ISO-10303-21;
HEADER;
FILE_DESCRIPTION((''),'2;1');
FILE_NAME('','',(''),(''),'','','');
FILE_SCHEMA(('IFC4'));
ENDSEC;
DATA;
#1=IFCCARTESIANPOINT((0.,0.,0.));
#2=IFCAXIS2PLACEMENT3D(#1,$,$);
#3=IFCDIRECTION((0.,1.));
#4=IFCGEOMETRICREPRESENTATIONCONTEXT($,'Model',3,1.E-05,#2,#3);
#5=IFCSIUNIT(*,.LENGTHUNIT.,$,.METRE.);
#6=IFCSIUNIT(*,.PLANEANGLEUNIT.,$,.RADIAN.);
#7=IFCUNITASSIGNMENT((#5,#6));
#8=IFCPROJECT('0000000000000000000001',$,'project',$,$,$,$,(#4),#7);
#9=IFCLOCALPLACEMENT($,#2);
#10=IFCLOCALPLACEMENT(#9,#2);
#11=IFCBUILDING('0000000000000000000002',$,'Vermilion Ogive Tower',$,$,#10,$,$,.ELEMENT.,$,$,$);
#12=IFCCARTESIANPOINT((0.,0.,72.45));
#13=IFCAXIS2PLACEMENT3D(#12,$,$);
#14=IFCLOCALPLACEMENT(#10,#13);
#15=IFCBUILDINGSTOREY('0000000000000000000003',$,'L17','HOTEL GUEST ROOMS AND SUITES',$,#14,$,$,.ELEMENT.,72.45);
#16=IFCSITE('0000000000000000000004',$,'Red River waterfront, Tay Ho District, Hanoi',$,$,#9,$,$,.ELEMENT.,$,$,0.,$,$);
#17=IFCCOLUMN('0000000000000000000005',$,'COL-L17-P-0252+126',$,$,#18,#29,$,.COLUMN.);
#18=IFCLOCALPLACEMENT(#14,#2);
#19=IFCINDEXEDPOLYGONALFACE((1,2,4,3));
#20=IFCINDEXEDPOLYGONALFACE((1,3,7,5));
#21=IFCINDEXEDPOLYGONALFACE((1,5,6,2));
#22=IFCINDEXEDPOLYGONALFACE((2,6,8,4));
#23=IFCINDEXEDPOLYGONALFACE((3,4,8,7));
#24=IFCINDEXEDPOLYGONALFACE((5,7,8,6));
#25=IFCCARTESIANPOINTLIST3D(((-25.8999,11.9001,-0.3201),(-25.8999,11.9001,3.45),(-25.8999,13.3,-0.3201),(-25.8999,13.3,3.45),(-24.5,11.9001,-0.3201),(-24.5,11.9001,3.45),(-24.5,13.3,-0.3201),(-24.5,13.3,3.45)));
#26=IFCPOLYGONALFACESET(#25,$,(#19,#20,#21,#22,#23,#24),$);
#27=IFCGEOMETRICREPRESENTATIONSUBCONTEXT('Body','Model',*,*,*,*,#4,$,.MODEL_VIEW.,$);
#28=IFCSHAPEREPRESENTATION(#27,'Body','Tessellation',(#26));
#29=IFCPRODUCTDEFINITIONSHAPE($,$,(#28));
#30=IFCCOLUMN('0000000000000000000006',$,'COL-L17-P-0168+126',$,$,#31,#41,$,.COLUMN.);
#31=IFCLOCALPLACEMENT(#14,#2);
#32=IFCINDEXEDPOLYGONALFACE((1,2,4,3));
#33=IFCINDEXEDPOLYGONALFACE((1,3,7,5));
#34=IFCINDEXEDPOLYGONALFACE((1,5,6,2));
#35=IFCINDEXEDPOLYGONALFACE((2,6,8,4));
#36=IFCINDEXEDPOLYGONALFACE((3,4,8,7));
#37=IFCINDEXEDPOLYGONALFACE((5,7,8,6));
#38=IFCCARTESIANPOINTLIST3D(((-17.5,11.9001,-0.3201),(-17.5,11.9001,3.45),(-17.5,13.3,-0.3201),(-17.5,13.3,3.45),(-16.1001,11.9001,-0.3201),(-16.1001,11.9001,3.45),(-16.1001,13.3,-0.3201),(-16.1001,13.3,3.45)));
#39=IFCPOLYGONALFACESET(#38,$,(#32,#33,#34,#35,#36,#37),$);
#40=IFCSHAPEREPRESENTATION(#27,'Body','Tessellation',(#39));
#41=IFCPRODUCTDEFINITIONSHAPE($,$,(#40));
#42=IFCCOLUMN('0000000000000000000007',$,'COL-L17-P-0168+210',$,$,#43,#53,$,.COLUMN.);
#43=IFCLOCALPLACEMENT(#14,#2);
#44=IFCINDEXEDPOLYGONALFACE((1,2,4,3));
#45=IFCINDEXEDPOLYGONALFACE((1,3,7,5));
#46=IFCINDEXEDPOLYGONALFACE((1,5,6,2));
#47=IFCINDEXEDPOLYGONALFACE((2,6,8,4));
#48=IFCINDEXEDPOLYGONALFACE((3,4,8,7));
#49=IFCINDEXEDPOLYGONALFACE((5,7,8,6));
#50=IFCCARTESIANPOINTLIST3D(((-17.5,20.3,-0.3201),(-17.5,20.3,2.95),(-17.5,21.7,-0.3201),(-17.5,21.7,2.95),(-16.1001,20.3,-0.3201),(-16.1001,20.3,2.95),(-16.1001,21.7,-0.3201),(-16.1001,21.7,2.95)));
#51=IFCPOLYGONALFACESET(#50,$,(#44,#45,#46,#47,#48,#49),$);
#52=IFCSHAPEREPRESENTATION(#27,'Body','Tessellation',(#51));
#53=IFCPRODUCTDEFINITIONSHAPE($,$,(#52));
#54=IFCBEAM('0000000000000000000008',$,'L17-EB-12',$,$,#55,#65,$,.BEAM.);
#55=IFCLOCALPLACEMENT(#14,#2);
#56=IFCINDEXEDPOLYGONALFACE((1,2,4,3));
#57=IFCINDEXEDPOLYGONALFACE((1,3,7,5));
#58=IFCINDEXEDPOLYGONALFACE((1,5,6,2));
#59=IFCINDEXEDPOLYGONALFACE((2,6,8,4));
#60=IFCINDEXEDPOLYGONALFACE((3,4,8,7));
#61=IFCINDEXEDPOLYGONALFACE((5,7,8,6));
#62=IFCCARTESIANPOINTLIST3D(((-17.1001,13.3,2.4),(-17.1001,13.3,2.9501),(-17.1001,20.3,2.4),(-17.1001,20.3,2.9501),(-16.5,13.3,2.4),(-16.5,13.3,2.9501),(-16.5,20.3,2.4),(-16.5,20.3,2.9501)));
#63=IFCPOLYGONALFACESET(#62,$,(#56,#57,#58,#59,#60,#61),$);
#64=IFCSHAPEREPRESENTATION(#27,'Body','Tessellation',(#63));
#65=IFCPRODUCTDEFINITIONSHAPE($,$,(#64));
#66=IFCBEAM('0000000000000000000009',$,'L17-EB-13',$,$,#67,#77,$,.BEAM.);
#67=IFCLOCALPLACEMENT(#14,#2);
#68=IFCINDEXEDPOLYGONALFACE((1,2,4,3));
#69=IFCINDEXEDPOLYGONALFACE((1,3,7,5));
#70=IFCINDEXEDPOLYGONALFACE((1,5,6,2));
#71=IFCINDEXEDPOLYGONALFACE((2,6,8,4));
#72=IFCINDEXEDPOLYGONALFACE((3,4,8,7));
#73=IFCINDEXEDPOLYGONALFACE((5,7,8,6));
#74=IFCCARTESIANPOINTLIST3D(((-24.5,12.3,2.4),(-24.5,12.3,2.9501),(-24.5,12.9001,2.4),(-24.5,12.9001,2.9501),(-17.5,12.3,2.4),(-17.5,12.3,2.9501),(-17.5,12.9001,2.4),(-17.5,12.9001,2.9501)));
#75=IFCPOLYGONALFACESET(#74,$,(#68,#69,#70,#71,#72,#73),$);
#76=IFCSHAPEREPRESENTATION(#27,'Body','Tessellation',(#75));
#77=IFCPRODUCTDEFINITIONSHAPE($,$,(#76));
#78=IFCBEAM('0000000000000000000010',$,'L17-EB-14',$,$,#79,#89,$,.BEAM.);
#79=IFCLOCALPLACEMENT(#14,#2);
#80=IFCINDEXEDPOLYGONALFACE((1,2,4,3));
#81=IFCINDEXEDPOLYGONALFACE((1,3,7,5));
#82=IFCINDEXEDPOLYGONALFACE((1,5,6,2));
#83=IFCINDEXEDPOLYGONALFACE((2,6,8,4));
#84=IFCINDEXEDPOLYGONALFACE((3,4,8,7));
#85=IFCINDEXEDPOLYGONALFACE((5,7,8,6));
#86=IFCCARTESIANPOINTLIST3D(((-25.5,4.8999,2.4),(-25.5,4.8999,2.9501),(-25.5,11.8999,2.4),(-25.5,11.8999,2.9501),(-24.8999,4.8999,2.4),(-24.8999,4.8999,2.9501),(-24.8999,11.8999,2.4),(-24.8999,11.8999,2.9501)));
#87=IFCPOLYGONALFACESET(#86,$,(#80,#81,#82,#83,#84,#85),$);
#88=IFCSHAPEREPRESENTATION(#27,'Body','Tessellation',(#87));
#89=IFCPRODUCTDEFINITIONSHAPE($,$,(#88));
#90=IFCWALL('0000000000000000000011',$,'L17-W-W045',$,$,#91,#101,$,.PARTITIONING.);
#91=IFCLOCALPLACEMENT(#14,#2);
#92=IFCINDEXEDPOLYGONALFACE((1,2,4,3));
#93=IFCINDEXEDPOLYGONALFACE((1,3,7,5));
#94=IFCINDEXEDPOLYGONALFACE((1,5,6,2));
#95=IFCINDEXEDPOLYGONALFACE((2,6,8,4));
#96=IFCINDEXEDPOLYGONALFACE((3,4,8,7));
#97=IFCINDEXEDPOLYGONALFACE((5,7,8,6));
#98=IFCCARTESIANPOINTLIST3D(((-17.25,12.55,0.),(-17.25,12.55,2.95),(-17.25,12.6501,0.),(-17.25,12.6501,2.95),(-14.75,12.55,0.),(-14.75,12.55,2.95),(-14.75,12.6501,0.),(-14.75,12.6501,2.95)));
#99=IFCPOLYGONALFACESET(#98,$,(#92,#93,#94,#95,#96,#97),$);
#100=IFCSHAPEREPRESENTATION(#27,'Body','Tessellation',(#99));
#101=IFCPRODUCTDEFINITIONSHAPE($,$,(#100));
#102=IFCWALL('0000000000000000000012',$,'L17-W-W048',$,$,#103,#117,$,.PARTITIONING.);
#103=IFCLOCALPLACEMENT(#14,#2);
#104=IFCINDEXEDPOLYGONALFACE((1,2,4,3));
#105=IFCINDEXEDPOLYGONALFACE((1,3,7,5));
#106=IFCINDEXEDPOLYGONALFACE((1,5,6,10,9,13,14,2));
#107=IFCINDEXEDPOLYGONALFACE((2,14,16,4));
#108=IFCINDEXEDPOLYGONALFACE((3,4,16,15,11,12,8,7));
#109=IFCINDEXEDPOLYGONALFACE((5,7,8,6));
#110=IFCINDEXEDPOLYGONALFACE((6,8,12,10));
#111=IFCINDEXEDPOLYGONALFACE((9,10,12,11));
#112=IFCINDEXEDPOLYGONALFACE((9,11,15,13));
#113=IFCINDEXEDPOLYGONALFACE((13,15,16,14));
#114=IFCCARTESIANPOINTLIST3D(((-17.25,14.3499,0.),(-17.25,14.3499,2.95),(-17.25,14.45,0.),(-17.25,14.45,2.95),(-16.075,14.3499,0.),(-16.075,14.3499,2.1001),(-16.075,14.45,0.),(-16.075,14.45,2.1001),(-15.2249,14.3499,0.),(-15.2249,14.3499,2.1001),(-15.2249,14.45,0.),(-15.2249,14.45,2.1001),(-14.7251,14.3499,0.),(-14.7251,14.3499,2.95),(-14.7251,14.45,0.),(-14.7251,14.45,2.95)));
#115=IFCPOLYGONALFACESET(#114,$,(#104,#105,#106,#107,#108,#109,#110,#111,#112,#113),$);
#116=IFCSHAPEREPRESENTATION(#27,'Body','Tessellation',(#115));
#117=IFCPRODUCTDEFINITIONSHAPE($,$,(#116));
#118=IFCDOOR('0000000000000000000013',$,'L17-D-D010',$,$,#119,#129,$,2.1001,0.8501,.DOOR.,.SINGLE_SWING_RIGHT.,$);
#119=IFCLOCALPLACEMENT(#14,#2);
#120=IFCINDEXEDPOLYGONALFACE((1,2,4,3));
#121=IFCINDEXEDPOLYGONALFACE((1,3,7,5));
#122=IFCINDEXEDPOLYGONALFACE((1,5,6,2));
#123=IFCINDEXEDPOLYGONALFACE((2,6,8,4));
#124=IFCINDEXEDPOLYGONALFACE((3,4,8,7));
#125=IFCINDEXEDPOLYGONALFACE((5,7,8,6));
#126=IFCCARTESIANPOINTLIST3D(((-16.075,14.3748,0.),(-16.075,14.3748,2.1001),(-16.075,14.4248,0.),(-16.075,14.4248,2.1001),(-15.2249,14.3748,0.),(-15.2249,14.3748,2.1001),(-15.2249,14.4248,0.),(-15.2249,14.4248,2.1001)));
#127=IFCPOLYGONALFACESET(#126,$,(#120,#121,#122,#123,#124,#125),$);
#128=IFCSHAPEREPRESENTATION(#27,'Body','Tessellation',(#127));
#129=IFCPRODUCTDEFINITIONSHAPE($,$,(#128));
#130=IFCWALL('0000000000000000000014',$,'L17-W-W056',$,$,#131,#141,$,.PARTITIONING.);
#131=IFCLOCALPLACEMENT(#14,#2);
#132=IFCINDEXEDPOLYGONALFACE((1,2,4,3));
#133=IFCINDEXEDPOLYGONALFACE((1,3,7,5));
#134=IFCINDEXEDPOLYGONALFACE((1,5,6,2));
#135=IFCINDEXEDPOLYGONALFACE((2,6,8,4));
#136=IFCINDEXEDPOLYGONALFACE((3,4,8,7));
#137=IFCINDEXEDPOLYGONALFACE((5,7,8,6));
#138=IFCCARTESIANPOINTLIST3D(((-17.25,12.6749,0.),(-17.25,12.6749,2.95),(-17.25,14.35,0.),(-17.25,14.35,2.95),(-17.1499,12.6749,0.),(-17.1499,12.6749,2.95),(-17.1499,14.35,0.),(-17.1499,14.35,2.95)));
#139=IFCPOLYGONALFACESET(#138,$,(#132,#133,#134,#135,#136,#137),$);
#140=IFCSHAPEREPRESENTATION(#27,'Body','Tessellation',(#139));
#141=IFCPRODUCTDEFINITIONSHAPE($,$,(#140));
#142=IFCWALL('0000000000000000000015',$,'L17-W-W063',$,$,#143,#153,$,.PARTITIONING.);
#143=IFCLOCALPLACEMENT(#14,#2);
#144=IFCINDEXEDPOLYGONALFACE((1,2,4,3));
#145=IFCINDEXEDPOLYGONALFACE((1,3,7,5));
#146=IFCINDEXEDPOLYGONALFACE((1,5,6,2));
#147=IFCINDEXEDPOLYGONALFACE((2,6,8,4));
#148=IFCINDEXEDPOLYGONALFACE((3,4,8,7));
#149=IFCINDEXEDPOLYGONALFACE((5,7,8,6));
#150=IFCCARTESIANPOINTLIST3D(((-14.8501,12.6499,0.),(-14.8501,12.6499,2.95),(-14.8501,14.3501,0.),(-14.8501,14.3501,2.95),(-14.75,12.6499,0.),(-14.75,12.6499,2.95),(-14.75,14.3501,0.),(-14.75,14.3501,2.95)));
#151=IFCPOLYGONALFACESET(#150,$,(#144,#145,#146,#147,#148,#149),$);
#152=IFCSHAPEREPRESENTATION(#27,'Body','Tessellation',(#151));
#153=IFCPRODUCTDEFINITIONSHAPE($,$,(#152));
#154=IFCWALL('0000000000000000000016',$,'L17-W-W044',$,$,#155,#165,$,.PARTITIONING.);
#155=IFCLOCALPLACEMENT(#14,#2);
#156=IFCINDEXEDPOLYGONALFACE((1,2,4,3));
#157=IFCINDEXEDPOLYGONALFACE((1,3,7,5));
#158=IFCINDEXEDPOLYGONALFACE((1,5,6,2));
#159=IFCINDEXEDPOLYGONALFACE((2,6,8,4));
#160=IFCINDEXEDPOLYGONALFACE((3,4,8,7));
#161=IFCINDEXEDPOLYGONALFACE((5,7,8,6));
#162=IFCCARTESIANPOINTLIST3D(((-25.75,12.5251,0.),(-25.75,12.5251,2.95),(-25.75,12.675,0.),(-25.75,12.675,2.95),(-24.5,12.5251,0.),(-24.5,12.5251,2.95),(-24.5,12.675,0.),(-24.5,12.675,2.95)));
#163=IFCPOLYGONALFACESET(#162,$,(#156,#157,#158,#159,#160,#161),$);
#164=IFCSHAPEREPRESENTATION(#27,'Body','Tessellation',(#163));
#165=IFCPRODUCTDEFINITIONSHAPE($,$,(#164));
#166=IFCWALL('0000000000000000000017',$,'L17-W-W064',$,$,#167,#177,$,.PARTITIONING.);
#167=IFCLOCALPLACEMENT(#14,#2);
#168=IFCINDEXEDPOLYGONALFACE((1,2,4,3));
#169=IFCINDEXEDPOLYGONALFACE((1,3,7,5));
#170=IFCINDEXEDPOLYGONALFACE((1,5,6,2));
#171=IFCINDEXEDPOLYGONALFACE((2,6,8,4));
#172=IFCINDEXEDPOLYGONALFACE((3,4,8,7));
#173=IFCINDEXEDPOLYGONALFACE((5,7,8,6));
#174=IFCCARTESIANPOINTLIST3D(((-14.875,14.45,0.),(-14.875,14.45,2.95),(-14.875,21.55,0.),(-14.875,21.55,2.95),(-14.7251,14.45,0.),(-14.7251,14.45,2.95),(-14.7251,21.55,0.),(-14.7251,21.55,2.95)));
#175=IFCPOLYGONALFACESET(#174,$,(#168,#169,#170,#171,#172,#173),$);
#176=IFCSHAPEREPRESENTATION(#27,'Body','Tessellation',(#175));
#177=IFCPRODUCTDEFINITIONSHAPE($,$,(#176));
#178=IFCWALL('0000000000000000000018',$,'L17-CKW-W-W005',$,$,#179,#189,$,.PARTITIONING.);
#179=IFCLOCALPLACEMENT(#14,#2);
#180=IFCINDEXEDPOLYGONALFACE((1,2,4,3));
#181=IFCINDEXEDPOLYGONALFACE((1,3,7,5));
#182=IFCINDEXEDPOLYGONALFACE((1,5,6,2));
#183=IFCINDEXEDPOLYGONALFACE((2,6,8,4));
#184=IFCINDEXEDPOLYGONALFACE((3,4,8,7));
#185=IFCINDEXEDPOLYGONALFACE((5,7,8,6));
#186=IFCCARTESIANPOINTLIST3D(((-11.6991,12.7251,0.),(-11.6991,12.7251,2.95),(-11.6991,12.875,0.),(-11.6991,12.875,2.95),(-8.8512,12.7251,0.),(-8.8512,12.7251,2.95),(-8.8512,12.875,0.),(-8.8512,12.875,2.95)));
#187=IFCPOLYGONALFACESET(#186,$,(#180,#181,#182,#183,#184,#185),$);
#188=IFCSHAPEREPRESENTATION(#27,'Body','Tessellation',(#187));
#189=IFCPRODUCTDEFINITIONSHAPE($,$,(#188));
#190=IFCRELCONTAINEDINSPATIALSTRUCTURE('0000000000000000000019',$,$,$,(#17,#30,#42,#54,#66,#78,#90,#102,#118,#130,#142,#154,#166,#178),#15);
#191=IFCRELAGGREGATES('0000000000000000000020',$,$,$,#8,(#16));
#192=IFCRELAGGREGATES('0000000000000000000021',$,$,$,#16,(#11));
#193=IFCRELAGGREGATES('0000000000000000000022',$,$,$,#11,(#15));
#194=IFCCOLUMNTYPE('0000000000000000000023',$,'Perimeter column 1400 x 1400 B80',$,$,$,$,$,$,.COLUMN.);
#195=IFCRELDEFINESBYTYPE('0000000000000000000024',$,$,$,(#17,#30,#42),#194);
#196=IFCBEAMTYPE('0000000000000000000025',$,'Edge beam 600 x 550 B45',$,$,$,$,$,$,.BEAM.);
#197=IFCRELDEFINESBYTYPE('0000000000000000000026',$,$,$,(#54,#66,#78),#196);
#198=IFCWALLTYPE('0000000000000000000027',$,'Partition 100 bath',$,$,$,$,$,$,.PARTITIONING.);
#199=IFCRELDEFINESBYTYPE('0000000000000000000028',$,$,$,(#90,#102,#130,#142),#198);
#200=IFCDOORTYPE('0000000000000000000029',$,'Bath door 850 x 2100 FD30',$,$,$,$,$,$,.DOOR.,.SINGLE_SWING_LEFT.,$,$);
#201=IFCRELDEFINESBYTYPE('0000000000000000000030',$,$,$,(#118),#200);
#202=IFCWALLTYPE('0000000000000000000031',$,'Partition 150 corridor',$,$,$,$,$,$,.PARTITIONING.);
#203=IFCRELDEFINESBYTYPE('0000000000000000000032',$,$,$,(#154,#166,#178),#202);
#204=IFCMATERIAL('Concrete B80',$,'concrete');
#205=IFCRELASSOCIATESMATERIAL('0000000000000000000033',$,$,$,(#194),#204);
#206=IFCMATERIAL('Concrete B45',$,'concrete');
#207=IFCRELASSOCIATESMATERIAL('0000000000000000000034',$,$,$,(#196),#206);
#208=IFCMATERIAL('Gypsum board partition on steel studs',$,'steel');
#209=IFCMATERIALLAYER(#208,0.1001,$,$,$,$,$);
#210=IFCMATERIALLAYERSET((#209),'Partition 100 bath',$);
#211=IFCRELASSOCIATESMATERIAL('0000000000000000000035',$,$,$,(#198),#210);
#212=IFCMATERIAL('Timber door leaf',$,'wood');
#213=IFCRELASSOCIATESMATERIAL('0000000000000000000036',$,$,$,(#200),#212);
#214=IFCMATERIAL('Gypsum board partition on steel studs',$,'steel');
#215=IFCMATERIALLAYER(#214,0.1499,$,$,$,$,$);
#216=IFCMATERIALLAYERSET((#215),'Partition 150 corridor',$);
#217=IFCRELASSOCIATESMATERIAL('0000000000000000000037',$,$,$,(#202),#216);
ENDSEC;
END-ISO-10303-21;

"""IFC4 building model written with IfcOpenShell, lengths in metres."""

from ifc_helpers import new_model, si_unit, direction, frame, frame_2d, origin, origin_2d, place, context, subcontext, project, spatial, rectangle, extrude, material, layer, layer_set, material_profile, profile_set, type_object, element, fill, save


model = new_model("IFC4")

# Units and contexts
model_context = context("Model", 3, precision=1e-05, world=origin(), true_north=direction((0.0, 1.0)))
body_context = subcontext(model_context, "Body", "Model", "MODEL_VIEW")
ifc_project = project(units=[si_unit("LENGTHUNIT", "METRE"), si_unit("PLANEANGLEUNIT", "RADIAN")], contexts=[model_context])

# Site, building, storey
site_placement = place(None, origin())
site = spatial("IfcSite", under=ifc_project, at=site_placement, Name="Red River waterfront, Tay Ho District, Hanoi", CompositionType="ELEMENT", RefElevation=0.0)
building_placement = place(site_placement, origin())
building = spatial("IfcBuilding", under=site, at=building_placement, Name="Vermilion Ogive Tower", CompositionType="ELEMENT")
storey_placement = place(building_placement, frame((0.0, 0.0, 72.45)))
storey = spatial("IfcBuildingStorey", under=building, at=storey_placement, Name="L17", Description="HOTEL GUEST ROOMS AND SUITES", CompositionType="ELEMENT", Elevation=72.45)

# Columns
ifc_material_1 = material(Name="Concrete B80", Category="concrete")
ifc_material_profile_1 = material_profile(ifc_material_1, rectangle(XDim=1.3999, YDim=1.3999, at=origin_2d()), Name="1400 x 1400")
ifc_profile_set_1 = profile_set([ifc_material_profile_1], Name="Concrete B80")
column_type = type_object("IfcColumnType", Name="Perimeter column 1400 x 1400 B80", PredefinedType="COLUMN", material=ifc_profile_set_1)
for number, where, z_axis, x_axis, name in (
    (1, (-25.2, 12.6001, -0.3201), (0.0, 0.0, 1.0), (1.0, 0.0, 0.0), "COL-L17-P-0252+126"),
    (2, (-16.8, 12.6001, -0.3201), (0.0, 0.0, 1.0), (1.0, 0.0, 0.0), "COL-L17-P-0168+126"),
):
    element("IfcColumn", number, at=place(storey_placement, frame(where, z_axis=z_axis, x_axis=x_axis)), inside=storey, type_object=column_type, Name=name, PredefinedType="COLUMN", context=body_context, shape_type="SweptSolid", body=[
        extrude(rectangle(XDim=1.3999, YDim=1.3999, at=origin_2d()), origin(), (0.0, 0.0, 1.0), 3.77),
    ])
column_placement = place(storey_placement, frame((-16.8, 21.0, -0.3201), z_axis=(0.0, 0.0, 1.0), x_axis=(1.0, 0.0, 0.0)))
element("IfcColumn", 3, at=column_placement, inside=storey, type_object=column_type, Name="COL-L17-P-0168+210", PredefinedType="COLUMN", context=body_context, shape_type="SweptSolid", body=[
    extrude(rectangle(XDim=1.3999, YDim=1.3999, at=origin_2d()), origin(), (0.0, 0.0, 1.0), 3.27),
])

# Beams
ifc_material_2 = material(Name="Concrete B45", Category="concrete")
ifc_material_profile_2 = material_profile(ifc_material_2, rectangle(XDim=0.6001, YDim=0.55, at=origin_2d()), Name="600 x 550")
ifc_profile_set_2 = profile_set([ifc_material_profile_2], Name="Concrete B45")
beam_type = type_object("IfcBeamType", Name="Edge beam 600 x 550 B45", PredefinedType="BEAM", material=ifc_profile_set_2)
for number, where, z_axis, x_axis, name in (
    (4, (-16.8, 20.3, 2.675), (0.0, -1.0, 0.0), (1.0, 0.0, 0.0), "L17-EB-12"),
    (5, (-17.5, 12.6001, 2.675), (-1.0, 0.0, 0.0), (0.0, -1.0, 0.0), "L17-EB-13"),
    (6, (-25.2, 11.8999, 2.675), (0.0, -1.0, 0.0), (1.0, 0.0, 0.0), "L17-EB-14"),
):
    element("IfcBeam", number, at=place(storey_placement, frame(where, z_axis=z_axis, x_axis=x_axis)), inside=storey, type_object=beam_type, Name=name, PredefinedType="BEAM", context=body_context, shape_type="SweptSolid", body=[
        extrude(rectangle(XDim=0.6001, YDim=0.55, at=origin_2d()), origin(), (0.0, 0.0, 1.0), 7.0),
    ])

# Wall
ifc_material_3 = material(Name="Gypsum board partition on steel studs", Category="steel")
ifc_layer_1 = layer(ifc_material_3, 0.1001)
ifc_layer_set_1 = layer_set([ifc_layer_1], Name="Partition 100 bath")
wall_type_1 = type_object("IfcWallType", Name="Partition 100 bath", PredefinedType="PARTITIONING", material=ifc_layer_set_1)
wall_1_placement = place(storey_placement, frame((-17.25, 12.6001, 0.0), z_axis=(0.0, 0.0, 1.0), x_axis=(1.0, 0.0, 0.0)))
element("IfcWall", 7, at=wall_1_placement, inside=storey, type_object=wall_type_1, Name="L17-W-W045", PredefinedType="PARTITIONING", context=body_context, shape_type="SweptSolid", body=[
    extrude(rectangle(XDim=2.5, YDim=0.1001, at=frame_2d((1.25, 0.0))), origin(), (0.0, 0.0, 1.0), 2.95),
])

# Wall, opening, door
wall_2_placement = place(storey_placement, frame((-17.25, 14.3999, 0.0), z_axis=(0.0, 0.0, 1.0), x_axis=(1.0, 0.0, 0.0)))
wall_2 = element("IfcWall", 8, at=wall_2_placement, inside=storey, type_object=wall_type_1, Name="L17-W-W048", PredefinedType="PARTITIONING", context=body_context, shape_type="SweptSolid", body=[
    extrude(rectangle(XDim=2.5249, YDim=0.1001, at=frame_2d((1.2625, 0.0))), origin(), (0.0, 0.0, 1.0), 2.95),
])
opening_1_placement = place(wall_2_placement, frame((1.175, 0.0, 0.0)))
opening_1 = element("IfcOpeningElement", 9, at=opening_1_placement, cuts=wall_2, PredefinedType="OPENING", context=body_context, shape_type="SweptSolid", body=[
    extrude(rectangle(XDim=0.8501, YDim=2.1001, at=frame_2d((0.425, 1.05))), frame((0.0, 0.0601, 0.0), z_axis=(0.0, -1.0, 0.0), x_axis=(1.0, 0.0, 0.0)), (0.0, 0.0, 1.0), 0.1201),
])
ifc_material_4 = material(Name="Timber door leaf", Category="wood")
door_type_1 = type_object("IfcDoorType", Name="Bath door 850 x 2100 FD30", OperationType="SINGLE_SWING_LEFT", PredefinedType="DOOR", material=ifc_material_4)
door_1_placement = place(opening_1_placement, origin())
door_1 = element("IfcDoor", 10, at=door_1_placement, inside=storey, type_object=door_type_1, Name="L17-D-D010", OperationType="SINGLE_SWING_RIGHT", OverallHeight=2.1001, OverallWidth=0.8501, PredefinedType="DOOR", context=body_context, shape_type="SweptSolid", body=[
    extrude(rectangle(XDim=0.8501, YDim=2.1001, at=frame_2d((0.425, 1.05))), frame((0.0, 0.0249, 0.0), z_axis=(0.0, -1.0, 0.0), x_axis=(1.0, 0.0, 0.0)), (0.0, 0.0, 1.0), 0.05),
])
fill(opening_1, door_1)

# Walls
wall_3_placement = place(storey_placement, frame((-17.2, 12.675, 0.0), z_axis=(0.0, 0.0, 1.0), x_axis=(0.0, 1.0, 0.0)))
element("IfcWall", 11, at=wall_3_placement, inside=storey, type_object=wall_type_1, Name="L17-W-W056", PredefinedType="PARTITIONING", context=body_context, shape_type="SweptSolid", body=[
    extrude(rectangle(XDim=1.675, YDim=0.1001, at=frame_2d((0.8374, 0.0))), origin(), (0.0, 0.0, 1.0), 2.95),
])
wall_4_placement = place(storey_placement, frame((-14.8, 12.6499, 0.0), z_axis=(0.0, 0.0, 1.0), x_axis=(0.0, 1.0, 0.0)))
element("IfcWall", 12, at=wall_4_placement, inside=storey, type_object=wall_type_1, Name="L17-W-W063", PredefinedType="PARTITIONING", context=body_context, shape_type="SweptSolid", body=[
    extrude(rectangle(XDim=1.7002, YDim=0.1001, at=frame_2d((0.8501, 0.0))), origin(), (0.0, 0.0, 1.0), 2.95),
])
ifc_material_5 = material(Name="Gypsum board partition on steel studs", Category="steel")
ifc_layer_2 = layer(ifc_material_5, 0.1499)
ifc_layer_set_2 = layer_set([ifc_layer_2], Name="Partition 150 corridor")
wall_type_2 = type_object("IfcWallType", Name="Partition 150 corridor", PredefinedType="PARTITIONING", material=ifc_layer_set_2)
wall_5_placement = place(storey_placement, frame((-25.75, 12.6001, 0.0), z_axis=(0.0, 0.0, 1.0), x_axis=(1.0, 0.0, 0.0)))
element("IfcWall", 13, at=wall_5_placement, inside=storey, type_object=wall_type_2, Name="L17-W-W044", PredefinedType="PARTITIONING", context=body_context, shape_type="SweptSolid", body=[
    extrude(rectangle(XDim=1.25, YDim=0.1499, at=frame_2d((0.625, 0.0))), origin(), (0.0, 0.0, 1.0), 2.95),
])
wall_6_placement = place(storey_placement, frame((-14.8, 14.45, 0.0), z_axis=(0.0, 0.0, 1.0), x_axis=(0.0, 1.0, 0.0)))
element("IfcWall", 14, at=wall_6_placement, inside=storey, type_object=wall_type_2, Name="L17-W-W064", PredefinedType="PARTITIONING", context=body_context, shape_type="SweptSolid", body=[
    extrude(rectangle(XDim=7.1001, YDim=0.1499, at=frame_2d((3.55, 0.0))), origin(), (0.0, 0.0, 1.0), 2.95),
])
wall_7_placement = place(storey_placement, frame((-11.699, 12.8, 0.0), z_axis=(0.0, 0.0, 1.0), x_axis=(1.0, 0.0, 0.0)))
element("IfcWall", 15, at=wall_7_placement, inside=storey, type_object=wall_type_2, Name="L17-CKW-W-W005", PredefinedType="PARTITIONING", context=body_context, shape_type="SweptSolid", body=[
    extrude(rectangle(XDim=2.8479, YDim=0.1499, at=frame_2d((1.4238, 0.0))), origin(), (0.0, 0.0, 1.0), 2.95),
])

save(model, "model.ifc")
